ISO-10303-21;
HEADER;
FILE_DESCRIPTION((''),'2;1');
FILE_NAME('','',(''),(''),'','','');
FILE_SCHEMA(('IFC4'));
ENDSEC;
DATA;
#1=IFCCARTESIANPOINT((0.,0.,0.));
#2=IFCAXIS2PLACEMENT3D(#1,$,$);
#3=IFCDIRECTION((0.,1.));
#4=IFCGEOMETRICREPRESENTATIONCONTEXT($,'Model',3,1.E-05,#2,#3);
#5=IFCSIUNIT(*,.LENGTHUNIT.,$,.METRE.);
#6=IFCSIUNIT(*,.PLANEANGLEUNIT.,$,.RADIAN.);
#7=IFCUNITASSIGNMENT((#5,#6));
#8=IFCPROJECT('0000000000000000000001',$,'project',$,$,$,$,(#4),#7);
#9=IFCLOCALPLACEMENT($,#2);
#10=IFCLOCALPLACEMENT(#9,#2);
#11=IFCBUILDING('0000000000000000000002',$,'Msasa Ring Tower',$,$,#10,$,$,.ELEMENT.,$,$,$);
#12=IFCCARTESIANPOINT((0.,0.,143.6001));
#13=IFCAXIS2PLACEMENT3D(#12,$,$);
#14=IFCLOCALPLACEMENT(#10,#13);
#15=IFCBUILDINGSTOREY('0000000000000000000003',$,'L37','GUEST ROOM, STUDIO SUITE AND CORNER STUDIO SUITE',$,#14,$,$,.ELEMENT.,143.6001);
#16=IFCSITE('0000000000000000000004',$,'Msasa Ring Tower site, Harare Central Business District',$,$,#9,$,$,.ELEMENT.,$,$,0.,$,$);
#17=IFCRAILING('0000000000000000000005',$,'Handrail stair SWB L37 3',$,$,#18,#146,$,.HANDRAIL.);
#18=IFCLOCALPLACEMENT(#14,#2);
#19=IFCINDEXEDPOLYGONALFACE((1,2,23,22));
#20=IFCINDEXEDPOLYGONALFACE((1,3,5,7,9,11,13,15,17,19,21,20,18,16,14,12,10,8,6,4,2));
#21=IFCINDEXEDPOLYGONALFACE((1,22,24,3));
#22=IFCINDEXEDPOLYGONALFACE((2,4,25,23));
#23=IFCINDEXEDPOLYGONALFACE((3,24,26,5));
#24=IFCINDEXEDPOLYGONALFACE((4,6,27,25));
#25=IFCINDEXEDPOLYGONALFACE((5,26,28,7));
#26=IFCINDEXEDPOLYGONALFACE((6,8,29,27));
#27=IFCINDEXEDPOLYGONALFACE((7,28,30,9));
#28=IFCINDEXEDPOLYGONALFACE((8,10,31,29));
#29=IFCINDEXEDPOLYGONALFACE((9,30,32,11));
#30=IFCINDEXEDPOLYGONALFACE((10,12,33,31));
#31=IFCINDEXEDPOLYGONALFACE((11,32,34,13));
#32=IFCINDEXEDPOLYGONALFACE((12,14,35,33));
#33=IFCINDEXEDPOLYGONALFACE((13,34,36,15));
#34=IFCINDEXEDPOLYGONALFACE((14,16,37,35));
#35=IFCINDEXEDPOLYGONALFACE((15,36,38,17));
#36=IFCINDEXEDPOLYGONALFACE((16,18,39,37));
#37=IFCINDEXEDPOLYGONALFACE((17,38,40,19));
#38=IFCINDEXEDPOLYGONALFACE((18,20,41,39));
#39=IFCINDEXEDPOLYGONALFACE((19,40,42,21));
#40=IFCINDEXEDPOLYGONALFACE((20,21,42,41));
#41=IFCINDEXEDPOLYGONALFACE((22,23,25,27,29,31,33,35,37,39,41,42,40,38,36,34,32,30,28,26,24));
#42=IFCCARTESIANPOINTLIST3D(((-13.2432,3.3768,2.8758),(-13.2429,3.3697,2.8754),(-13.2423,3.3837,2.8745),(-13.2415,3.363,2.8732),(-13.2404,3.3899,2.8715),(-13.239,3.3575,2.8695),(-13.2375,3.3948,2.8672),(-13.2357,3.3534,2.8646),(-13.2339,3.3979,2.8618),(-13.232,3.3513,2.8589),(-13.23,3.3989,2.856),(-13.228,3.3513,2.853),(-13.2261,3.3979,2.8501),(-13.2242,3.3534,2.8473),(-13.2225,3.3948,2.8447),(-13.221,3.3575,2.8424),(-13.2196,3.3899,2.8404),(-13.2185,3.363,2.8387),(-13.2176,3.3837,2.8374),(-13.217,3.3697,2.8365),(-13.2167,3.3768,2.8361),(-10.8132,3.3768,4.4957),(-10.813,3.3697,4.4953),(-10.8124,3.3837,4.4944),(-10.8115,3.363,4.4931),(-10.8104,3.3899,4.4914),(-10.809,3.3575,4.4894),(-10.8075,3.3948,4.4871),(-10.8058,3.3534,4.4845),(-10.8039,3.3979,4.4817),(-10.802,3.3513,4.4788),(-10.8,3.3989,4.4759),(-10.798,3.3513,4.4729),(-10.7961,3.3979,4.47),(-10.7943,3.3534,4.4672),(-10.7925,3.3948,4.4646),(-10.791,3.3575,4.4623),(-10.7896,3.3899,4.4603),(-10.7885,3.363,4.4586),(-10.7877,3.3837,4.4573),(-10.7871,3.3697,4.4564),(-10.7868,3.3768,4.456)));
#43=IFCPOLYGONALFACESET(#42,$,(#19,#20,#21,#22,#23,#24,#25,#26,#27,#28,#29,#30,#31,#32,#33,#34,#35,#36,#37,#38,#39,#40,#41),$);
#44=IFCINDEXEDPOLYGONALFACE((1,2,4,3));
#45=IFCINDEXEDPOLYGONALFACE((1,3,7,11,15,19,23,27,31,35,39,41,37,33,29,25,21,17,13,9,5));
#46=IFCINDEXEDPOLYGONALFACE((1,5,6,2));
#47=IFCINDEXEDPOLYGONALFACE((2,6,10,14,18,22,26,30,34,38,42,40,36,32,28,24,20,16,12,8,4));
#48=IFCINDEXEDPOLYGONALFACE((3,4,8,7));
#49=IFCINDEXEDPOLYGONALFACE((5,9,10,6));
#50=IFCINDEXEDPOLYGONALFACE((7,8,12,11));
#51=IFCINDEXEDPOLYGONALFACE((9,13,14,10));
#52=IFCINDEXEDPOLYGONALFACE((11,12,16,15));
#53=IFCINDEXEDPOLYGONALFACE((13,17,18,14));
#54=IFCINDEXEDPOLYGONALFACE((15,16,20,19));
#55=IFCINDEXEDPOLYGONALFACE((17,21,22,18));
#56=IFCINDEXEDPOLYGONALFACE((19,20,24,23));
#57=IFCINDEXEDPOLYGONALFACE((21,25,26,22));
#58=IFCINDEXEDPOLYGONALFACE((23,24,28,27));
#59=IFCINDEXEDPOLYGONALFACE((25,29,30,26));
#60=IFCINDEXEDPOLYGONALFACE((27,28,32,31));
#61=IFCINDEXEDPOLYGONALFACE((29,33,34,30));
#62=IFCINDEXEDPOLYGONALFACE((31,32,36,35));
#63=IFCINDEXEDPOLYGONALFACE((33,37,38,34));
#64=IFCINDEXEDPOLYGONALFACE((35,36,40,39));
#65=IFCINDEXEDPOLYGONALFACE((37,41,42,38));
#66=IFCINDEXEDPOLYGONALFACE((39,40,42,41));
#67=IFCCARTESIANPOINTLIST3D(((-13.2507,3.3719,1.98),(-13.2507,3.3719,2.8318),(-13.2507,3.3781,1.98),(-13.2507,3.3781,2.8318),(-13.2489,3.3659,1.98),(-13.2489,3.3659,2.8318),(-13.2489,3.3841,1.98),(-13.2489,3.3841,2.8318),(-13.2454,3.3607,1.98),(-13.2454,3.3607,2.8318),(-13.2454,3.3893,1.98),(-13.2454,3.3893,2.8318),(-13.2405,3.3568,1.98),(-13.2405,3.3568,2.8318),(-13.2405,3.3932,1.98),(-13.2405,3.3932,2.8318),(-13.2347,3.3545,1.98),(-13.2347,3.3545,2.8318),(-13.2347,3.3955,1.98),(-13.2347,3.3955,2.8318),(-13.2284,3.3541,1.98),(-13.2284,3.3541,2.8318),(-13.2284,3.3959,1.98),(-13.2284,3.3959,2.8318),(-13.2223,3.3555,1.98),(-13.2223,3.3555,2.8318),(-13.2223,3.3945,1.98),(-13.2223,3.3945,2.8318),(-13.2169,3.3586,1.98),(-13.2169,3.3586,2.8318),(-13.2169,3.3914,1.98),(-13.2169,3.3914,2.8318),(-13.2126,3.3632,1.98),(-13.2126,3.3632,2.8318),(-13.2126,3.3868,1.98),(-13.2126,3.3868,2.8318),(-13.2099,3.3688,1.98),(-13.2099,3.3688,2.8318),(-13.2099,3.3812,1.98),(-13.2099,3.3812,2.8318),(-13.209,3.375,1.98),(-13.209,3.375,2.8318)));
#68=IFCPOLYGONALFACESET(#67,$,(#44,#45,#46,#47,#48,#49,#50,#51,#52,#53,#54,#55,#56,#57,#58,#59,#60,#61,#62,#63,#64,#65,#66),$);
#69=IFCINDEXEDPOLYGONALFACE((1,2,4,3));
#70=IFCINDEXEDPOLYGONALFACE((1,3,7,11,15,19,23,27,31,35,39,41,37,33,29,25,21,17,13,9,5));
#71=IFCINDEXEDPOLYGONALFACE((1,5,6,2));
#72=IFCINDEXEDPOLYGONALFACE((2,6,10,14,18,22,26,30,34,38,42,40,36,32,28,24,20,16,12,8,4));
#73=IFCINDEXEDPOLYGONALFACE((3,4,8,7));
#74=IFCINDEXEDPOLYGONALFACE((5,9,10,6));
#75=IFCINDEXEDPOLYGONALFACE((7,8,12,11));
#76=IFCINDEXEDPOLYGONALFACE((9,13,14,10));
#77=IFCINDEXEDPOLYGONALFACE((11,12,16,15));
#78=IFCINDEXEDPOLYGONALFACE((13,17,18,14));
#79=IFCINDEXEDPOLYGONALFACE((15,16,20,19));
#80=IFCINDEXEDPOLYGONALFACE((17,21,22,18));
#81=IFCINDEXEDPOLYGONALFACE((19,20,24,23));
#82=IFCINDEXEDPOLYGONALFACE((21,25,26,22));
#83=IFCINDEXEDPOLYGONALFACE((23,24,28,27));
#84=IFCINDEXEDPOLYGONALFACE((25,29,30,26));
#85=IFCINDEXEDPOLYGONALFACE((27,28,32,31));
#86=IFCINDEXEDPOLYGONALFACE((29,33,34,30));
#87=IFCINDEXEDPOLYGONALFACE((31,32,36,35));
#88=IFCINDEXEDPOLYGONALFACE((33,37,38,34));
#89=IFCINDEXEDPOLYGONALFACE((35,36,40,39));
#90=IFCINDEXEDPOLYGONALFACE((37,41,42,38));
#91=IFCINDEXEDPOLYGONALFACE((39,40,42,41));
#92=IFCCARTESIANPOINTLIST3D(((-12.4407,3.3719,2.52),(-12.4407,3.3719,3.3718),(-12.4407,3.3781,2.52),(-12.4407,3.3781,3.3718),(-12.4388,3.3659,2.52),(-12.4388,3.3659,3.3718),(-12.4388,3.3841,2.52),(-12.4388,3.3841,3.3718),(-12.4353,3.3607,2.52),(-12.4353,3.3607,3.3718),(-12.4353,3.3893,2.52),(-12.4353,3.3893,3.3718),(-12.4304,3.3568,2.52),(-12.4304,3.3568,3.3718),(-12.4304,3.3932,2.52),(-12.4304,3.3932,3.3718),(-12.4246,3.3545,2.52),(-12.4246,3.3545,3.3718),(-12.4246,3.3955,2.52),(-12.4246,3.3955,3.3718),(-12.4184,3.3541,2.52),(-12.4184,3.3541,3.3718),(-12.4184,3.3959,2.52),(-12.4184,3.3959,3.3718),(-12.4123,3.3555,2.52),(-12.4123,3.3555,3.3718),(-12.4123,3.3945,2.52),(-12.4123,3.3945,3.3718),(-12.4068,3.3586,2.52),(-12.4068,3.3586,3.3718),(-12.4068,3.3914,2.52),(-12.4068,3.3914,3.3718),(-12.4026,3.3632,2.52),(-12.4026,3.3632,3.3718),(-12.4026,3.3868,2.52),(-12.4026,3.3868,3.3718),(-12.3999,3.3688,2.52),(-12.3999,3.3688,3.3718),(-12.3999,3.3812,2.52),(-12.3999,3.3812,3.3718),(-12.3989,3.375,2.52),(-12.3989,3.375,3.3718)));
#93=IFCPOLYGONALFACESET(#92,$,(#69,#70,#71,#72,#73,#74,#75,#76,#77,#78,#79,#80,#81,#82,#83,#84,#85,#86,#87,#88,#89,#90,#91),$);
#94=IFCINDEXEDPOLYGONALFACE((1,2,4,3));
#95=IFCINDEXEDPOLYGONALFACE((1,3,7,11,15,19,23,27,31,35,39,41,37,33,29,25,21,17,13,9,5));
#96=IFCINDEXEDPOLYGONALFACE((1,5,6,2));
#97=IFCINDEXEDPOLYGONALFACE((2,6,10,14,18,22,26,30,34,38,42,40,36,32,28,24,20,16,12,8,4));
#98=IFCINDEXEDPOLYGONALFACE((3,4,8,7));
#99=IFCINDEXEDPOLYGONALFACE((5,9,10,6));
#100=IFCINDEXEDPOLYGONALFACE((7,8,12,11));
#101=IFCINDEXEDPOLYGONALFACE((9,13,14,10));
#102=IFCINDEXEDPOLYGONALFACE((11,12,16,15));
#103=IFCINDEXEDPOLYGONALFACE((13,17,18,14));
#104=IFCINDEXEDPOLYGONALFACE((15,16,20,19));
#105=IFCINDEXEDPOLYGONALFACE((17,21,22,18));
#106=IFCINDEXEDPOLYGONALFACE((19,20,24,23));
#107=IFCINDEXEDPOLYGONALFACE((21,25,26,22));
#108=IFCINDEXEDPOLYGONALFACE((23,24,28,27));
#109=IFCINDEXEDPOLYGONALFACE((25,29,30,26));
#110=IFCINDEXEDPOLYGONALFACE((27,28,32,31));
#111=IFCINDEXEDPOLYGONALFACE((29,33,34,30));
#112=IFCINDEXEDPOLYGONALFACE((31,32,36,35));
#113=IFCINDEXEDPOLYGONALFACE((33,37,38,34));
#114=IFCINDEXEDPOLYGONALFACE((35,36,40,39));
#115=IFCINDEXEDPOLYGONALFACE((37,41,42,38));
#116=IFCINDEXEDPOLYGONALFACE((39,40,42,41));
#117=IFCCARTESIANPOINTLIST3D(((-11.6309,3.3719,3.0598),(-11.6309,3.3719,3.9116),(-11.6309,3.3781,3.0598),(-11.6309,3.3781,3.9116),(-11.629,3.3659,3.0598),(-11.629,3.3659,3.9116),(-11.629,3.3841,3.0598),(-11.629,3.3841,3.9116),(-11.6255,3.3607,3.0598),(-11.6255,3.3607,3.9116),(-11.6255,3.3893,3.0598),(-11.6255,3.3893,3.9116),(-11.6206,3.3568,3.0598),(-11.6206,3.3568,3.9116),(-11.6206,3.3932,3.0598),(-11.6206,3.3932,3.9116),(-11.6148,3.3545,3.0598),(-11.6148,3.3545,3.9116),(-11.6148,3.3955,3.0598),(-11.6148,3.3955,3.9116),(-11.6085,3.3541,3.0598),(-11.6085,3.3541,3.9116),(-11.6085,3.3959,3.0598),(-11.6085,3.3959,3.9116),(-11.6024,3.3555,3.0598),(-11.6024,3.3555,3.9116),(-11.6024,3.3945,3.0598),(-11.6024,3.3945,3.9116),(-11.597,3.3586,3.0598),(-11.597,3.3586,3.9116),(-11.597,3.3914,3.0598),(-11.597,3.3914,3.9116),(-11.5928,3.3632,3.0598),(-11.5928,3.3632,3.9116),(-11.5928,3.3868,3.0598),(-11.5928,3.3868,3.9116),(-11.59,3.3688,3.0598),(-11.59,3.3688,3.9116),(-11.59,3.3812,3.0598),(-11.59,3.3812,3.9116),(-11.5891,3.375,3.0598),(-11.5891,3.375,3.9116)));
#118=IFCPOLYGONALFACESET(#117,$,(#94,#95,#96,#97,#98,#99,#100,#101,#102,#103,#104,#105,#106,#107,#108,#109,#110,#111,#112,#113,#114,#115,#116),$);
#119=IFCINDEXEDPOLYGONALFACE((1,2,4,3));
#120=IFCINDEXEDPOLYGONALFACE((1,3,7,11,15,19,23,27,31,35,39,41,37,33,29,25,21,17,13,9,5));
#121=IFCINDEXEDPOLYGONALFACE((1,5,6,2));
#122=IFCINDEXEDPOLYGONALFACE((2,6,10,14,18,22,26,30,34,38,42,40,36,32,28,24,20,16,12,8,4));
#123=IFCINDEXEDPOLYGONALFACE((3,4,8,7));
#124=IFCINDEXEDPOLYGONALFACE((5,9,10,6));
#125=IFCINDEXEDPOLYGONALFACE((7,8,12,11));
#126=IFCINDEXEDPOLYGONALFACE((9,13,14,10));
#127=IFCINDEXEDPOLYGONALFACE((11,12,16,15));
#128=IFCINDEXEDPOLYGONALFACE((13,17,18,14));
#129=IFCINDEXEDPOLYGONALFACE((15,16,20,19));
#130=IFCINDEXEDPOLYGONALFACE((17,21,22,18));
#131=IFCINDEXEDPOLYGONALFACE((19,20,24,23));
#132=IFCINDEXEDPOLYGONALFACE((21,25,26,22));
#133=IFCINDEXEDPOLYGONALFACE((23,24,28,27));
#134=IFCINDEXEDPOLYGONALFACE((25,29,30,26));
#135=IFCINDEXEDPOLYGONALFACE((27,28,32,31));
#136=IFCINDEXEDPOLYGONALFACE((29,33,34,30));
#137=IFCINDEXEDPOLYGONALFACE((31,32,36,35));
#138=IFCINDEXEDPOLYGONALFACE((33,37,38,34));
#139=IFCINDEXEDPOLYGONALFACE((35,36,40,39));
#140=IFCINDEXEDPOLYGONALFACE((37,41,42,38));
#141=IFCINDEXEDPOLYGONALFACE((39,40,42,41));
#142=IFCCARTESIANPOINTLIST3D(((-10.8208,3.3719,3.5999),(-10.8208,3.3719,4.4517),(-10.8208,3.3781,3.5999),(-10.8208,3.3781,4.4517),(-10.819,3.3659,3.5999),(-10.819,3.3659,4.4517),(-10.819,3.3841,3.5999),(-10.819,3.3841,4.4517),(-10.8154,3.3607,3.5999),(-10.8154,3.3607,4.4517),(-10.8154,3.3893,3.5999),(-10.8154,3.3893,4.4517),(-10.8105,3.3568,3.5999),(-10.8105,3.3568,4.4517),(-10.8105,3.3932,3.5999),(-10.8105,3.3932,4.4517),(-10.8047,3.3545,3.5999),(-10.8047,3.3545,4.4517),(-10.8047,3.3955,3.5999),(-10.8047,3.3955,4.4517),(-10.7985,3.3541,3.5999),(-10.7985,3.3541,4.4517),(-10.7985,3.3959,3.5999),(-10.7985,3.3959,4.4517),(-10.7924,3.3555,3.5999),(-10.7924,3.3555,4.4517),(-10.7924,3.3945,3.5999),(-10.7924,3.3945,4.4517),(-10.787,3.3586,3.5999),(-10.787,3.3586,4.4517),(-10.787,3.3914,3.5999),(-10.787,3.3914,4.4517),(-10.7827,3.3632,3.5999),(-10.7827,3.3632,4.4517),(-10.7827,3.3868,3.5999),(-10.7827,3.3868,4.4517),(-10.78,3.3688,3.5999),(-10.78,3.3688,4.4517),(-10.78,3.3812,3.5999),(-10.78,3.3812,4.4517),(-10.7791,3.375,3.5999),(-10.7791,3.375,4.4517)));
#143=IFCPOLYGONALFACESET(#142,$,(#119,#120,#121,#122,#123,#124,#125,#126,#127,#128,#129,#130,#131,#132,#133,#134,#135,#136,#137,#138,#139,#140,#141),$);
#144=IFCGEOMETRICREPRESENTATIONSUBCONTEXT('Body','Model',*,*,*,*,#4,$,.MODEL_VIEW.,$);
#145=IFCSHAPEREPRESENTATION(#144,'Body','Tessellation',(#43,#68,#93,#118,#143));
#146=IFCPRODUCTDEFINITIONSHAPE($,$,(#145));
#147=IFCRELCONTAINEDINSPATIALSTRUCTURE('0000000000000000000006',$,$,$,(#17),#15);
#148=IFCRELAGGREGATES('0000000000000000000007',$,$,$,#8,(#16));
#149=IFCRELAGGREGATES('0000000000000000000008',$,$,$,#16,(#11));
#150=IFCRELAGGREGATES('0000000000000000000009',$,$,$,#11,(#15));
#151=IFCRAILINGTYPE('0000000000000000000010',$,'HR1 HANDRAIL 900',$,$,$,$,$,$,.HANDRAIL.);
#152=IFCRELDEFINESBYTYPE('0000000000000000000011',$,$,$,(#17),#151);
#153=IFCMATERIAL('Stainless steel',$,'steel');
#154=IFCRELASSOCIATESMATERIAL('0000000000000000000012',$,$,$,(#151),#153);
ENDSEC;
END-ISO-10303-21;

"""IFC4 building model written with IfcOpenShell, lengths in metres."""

from ifc_helpers import new_model, si_unit, direction, frame, origin, origin_2d, place, context, subcontext, project, spatial, circle, extrude, material, type_object, element, save


model = new_model("IFC4")

# Units and contexts
model_context = context("Model", 3, precision=1e-05, world=origin(), true_north=direction((0.0, 1.0)))
body_context = subcontext(model_context, "Body", "Model", "MODEL_VIEW")
ifc_project = project(units=[si_unit("LENGTHUNIT", "METRE"), si_unit("PLANEANGLEUNIT", "RADIAN")], contexts=[model_context])

# Site, building, storey
site_placement = place(None, origin())
site = spatial("IfcSite", under=ifc_project, at=site_placement, Name="Msasa Ring Tower site, Harare Central Business District", CompositionType="ELEMENT", RefElevation=0.0)
building_placement = place(site_placement, origin())
building = spatial("IfcBuilding", under=site, at=building_placement, Name="Msasa Ring Tower", CompositionType="ELEMENT")
storey_placement = place(building_placement, frame((0.0, 0.0, 143.6001)))
storey = spatial("IfcBuildingStorey", under=building, at=storey_placement, Name="L37", Description="GUEST ROOM, STUDIO SUITE AND CORNER STUDIO SUITE", CompositionType="ELEMENT", Elevation=143.6001)

# Railing
ifc_material_1 = material(Name="Stainless steel", Category="steel")
railing_type = type_object("IfcRailingType", Name="HR1 HANDRAIL 900", PredefinedType="HANDRAIL", material=ifc_material_1)
railing_placement = place(storey_placement, frame((-13.23, 3.375, 1.98)))
element("IfcRailing", 1, at=railing_placement, inside=storey, type_object=railing_type, Name="Handrail stair SWB L37 3", PredefinedType="HANDRAIL", context=body_context, shape_type="SweptSolid", body=[
    extrude(circle(Radius=0.0239, at=origin_2d()), frame((0.0, 0.0, 0.876), z_axis=(0.832063, 0.0, 0.554681), x_axis=(0.0, 1.0, 0.0)), (0.0, 0.0, 1.0), 2.9204),
    extrude(circle(Radius=0.021, at=origin_2d()), origin(), (0.0, 0.0, 1.0), 0.8518),
    extrude(circle(Radius=0.021, at=origin_2d()), frame((0.8101, 0.0, 0.54)), (0.0, 0.0, 1.0), 0.8518),
    extrude(circle(Radius=0.021, at=origin_2d()), frame((1.6199, 0.0, 1.0798)), (0.0, 0.0, 1.0), 0.8518),
    extrude(circle(Radius=0.021, at=origin_2d()), frame((2.4299, 0.0, 1.6199)), (0.0, 0.0, 1.0), 0.8518),
])

save(model, "model.ifc")
